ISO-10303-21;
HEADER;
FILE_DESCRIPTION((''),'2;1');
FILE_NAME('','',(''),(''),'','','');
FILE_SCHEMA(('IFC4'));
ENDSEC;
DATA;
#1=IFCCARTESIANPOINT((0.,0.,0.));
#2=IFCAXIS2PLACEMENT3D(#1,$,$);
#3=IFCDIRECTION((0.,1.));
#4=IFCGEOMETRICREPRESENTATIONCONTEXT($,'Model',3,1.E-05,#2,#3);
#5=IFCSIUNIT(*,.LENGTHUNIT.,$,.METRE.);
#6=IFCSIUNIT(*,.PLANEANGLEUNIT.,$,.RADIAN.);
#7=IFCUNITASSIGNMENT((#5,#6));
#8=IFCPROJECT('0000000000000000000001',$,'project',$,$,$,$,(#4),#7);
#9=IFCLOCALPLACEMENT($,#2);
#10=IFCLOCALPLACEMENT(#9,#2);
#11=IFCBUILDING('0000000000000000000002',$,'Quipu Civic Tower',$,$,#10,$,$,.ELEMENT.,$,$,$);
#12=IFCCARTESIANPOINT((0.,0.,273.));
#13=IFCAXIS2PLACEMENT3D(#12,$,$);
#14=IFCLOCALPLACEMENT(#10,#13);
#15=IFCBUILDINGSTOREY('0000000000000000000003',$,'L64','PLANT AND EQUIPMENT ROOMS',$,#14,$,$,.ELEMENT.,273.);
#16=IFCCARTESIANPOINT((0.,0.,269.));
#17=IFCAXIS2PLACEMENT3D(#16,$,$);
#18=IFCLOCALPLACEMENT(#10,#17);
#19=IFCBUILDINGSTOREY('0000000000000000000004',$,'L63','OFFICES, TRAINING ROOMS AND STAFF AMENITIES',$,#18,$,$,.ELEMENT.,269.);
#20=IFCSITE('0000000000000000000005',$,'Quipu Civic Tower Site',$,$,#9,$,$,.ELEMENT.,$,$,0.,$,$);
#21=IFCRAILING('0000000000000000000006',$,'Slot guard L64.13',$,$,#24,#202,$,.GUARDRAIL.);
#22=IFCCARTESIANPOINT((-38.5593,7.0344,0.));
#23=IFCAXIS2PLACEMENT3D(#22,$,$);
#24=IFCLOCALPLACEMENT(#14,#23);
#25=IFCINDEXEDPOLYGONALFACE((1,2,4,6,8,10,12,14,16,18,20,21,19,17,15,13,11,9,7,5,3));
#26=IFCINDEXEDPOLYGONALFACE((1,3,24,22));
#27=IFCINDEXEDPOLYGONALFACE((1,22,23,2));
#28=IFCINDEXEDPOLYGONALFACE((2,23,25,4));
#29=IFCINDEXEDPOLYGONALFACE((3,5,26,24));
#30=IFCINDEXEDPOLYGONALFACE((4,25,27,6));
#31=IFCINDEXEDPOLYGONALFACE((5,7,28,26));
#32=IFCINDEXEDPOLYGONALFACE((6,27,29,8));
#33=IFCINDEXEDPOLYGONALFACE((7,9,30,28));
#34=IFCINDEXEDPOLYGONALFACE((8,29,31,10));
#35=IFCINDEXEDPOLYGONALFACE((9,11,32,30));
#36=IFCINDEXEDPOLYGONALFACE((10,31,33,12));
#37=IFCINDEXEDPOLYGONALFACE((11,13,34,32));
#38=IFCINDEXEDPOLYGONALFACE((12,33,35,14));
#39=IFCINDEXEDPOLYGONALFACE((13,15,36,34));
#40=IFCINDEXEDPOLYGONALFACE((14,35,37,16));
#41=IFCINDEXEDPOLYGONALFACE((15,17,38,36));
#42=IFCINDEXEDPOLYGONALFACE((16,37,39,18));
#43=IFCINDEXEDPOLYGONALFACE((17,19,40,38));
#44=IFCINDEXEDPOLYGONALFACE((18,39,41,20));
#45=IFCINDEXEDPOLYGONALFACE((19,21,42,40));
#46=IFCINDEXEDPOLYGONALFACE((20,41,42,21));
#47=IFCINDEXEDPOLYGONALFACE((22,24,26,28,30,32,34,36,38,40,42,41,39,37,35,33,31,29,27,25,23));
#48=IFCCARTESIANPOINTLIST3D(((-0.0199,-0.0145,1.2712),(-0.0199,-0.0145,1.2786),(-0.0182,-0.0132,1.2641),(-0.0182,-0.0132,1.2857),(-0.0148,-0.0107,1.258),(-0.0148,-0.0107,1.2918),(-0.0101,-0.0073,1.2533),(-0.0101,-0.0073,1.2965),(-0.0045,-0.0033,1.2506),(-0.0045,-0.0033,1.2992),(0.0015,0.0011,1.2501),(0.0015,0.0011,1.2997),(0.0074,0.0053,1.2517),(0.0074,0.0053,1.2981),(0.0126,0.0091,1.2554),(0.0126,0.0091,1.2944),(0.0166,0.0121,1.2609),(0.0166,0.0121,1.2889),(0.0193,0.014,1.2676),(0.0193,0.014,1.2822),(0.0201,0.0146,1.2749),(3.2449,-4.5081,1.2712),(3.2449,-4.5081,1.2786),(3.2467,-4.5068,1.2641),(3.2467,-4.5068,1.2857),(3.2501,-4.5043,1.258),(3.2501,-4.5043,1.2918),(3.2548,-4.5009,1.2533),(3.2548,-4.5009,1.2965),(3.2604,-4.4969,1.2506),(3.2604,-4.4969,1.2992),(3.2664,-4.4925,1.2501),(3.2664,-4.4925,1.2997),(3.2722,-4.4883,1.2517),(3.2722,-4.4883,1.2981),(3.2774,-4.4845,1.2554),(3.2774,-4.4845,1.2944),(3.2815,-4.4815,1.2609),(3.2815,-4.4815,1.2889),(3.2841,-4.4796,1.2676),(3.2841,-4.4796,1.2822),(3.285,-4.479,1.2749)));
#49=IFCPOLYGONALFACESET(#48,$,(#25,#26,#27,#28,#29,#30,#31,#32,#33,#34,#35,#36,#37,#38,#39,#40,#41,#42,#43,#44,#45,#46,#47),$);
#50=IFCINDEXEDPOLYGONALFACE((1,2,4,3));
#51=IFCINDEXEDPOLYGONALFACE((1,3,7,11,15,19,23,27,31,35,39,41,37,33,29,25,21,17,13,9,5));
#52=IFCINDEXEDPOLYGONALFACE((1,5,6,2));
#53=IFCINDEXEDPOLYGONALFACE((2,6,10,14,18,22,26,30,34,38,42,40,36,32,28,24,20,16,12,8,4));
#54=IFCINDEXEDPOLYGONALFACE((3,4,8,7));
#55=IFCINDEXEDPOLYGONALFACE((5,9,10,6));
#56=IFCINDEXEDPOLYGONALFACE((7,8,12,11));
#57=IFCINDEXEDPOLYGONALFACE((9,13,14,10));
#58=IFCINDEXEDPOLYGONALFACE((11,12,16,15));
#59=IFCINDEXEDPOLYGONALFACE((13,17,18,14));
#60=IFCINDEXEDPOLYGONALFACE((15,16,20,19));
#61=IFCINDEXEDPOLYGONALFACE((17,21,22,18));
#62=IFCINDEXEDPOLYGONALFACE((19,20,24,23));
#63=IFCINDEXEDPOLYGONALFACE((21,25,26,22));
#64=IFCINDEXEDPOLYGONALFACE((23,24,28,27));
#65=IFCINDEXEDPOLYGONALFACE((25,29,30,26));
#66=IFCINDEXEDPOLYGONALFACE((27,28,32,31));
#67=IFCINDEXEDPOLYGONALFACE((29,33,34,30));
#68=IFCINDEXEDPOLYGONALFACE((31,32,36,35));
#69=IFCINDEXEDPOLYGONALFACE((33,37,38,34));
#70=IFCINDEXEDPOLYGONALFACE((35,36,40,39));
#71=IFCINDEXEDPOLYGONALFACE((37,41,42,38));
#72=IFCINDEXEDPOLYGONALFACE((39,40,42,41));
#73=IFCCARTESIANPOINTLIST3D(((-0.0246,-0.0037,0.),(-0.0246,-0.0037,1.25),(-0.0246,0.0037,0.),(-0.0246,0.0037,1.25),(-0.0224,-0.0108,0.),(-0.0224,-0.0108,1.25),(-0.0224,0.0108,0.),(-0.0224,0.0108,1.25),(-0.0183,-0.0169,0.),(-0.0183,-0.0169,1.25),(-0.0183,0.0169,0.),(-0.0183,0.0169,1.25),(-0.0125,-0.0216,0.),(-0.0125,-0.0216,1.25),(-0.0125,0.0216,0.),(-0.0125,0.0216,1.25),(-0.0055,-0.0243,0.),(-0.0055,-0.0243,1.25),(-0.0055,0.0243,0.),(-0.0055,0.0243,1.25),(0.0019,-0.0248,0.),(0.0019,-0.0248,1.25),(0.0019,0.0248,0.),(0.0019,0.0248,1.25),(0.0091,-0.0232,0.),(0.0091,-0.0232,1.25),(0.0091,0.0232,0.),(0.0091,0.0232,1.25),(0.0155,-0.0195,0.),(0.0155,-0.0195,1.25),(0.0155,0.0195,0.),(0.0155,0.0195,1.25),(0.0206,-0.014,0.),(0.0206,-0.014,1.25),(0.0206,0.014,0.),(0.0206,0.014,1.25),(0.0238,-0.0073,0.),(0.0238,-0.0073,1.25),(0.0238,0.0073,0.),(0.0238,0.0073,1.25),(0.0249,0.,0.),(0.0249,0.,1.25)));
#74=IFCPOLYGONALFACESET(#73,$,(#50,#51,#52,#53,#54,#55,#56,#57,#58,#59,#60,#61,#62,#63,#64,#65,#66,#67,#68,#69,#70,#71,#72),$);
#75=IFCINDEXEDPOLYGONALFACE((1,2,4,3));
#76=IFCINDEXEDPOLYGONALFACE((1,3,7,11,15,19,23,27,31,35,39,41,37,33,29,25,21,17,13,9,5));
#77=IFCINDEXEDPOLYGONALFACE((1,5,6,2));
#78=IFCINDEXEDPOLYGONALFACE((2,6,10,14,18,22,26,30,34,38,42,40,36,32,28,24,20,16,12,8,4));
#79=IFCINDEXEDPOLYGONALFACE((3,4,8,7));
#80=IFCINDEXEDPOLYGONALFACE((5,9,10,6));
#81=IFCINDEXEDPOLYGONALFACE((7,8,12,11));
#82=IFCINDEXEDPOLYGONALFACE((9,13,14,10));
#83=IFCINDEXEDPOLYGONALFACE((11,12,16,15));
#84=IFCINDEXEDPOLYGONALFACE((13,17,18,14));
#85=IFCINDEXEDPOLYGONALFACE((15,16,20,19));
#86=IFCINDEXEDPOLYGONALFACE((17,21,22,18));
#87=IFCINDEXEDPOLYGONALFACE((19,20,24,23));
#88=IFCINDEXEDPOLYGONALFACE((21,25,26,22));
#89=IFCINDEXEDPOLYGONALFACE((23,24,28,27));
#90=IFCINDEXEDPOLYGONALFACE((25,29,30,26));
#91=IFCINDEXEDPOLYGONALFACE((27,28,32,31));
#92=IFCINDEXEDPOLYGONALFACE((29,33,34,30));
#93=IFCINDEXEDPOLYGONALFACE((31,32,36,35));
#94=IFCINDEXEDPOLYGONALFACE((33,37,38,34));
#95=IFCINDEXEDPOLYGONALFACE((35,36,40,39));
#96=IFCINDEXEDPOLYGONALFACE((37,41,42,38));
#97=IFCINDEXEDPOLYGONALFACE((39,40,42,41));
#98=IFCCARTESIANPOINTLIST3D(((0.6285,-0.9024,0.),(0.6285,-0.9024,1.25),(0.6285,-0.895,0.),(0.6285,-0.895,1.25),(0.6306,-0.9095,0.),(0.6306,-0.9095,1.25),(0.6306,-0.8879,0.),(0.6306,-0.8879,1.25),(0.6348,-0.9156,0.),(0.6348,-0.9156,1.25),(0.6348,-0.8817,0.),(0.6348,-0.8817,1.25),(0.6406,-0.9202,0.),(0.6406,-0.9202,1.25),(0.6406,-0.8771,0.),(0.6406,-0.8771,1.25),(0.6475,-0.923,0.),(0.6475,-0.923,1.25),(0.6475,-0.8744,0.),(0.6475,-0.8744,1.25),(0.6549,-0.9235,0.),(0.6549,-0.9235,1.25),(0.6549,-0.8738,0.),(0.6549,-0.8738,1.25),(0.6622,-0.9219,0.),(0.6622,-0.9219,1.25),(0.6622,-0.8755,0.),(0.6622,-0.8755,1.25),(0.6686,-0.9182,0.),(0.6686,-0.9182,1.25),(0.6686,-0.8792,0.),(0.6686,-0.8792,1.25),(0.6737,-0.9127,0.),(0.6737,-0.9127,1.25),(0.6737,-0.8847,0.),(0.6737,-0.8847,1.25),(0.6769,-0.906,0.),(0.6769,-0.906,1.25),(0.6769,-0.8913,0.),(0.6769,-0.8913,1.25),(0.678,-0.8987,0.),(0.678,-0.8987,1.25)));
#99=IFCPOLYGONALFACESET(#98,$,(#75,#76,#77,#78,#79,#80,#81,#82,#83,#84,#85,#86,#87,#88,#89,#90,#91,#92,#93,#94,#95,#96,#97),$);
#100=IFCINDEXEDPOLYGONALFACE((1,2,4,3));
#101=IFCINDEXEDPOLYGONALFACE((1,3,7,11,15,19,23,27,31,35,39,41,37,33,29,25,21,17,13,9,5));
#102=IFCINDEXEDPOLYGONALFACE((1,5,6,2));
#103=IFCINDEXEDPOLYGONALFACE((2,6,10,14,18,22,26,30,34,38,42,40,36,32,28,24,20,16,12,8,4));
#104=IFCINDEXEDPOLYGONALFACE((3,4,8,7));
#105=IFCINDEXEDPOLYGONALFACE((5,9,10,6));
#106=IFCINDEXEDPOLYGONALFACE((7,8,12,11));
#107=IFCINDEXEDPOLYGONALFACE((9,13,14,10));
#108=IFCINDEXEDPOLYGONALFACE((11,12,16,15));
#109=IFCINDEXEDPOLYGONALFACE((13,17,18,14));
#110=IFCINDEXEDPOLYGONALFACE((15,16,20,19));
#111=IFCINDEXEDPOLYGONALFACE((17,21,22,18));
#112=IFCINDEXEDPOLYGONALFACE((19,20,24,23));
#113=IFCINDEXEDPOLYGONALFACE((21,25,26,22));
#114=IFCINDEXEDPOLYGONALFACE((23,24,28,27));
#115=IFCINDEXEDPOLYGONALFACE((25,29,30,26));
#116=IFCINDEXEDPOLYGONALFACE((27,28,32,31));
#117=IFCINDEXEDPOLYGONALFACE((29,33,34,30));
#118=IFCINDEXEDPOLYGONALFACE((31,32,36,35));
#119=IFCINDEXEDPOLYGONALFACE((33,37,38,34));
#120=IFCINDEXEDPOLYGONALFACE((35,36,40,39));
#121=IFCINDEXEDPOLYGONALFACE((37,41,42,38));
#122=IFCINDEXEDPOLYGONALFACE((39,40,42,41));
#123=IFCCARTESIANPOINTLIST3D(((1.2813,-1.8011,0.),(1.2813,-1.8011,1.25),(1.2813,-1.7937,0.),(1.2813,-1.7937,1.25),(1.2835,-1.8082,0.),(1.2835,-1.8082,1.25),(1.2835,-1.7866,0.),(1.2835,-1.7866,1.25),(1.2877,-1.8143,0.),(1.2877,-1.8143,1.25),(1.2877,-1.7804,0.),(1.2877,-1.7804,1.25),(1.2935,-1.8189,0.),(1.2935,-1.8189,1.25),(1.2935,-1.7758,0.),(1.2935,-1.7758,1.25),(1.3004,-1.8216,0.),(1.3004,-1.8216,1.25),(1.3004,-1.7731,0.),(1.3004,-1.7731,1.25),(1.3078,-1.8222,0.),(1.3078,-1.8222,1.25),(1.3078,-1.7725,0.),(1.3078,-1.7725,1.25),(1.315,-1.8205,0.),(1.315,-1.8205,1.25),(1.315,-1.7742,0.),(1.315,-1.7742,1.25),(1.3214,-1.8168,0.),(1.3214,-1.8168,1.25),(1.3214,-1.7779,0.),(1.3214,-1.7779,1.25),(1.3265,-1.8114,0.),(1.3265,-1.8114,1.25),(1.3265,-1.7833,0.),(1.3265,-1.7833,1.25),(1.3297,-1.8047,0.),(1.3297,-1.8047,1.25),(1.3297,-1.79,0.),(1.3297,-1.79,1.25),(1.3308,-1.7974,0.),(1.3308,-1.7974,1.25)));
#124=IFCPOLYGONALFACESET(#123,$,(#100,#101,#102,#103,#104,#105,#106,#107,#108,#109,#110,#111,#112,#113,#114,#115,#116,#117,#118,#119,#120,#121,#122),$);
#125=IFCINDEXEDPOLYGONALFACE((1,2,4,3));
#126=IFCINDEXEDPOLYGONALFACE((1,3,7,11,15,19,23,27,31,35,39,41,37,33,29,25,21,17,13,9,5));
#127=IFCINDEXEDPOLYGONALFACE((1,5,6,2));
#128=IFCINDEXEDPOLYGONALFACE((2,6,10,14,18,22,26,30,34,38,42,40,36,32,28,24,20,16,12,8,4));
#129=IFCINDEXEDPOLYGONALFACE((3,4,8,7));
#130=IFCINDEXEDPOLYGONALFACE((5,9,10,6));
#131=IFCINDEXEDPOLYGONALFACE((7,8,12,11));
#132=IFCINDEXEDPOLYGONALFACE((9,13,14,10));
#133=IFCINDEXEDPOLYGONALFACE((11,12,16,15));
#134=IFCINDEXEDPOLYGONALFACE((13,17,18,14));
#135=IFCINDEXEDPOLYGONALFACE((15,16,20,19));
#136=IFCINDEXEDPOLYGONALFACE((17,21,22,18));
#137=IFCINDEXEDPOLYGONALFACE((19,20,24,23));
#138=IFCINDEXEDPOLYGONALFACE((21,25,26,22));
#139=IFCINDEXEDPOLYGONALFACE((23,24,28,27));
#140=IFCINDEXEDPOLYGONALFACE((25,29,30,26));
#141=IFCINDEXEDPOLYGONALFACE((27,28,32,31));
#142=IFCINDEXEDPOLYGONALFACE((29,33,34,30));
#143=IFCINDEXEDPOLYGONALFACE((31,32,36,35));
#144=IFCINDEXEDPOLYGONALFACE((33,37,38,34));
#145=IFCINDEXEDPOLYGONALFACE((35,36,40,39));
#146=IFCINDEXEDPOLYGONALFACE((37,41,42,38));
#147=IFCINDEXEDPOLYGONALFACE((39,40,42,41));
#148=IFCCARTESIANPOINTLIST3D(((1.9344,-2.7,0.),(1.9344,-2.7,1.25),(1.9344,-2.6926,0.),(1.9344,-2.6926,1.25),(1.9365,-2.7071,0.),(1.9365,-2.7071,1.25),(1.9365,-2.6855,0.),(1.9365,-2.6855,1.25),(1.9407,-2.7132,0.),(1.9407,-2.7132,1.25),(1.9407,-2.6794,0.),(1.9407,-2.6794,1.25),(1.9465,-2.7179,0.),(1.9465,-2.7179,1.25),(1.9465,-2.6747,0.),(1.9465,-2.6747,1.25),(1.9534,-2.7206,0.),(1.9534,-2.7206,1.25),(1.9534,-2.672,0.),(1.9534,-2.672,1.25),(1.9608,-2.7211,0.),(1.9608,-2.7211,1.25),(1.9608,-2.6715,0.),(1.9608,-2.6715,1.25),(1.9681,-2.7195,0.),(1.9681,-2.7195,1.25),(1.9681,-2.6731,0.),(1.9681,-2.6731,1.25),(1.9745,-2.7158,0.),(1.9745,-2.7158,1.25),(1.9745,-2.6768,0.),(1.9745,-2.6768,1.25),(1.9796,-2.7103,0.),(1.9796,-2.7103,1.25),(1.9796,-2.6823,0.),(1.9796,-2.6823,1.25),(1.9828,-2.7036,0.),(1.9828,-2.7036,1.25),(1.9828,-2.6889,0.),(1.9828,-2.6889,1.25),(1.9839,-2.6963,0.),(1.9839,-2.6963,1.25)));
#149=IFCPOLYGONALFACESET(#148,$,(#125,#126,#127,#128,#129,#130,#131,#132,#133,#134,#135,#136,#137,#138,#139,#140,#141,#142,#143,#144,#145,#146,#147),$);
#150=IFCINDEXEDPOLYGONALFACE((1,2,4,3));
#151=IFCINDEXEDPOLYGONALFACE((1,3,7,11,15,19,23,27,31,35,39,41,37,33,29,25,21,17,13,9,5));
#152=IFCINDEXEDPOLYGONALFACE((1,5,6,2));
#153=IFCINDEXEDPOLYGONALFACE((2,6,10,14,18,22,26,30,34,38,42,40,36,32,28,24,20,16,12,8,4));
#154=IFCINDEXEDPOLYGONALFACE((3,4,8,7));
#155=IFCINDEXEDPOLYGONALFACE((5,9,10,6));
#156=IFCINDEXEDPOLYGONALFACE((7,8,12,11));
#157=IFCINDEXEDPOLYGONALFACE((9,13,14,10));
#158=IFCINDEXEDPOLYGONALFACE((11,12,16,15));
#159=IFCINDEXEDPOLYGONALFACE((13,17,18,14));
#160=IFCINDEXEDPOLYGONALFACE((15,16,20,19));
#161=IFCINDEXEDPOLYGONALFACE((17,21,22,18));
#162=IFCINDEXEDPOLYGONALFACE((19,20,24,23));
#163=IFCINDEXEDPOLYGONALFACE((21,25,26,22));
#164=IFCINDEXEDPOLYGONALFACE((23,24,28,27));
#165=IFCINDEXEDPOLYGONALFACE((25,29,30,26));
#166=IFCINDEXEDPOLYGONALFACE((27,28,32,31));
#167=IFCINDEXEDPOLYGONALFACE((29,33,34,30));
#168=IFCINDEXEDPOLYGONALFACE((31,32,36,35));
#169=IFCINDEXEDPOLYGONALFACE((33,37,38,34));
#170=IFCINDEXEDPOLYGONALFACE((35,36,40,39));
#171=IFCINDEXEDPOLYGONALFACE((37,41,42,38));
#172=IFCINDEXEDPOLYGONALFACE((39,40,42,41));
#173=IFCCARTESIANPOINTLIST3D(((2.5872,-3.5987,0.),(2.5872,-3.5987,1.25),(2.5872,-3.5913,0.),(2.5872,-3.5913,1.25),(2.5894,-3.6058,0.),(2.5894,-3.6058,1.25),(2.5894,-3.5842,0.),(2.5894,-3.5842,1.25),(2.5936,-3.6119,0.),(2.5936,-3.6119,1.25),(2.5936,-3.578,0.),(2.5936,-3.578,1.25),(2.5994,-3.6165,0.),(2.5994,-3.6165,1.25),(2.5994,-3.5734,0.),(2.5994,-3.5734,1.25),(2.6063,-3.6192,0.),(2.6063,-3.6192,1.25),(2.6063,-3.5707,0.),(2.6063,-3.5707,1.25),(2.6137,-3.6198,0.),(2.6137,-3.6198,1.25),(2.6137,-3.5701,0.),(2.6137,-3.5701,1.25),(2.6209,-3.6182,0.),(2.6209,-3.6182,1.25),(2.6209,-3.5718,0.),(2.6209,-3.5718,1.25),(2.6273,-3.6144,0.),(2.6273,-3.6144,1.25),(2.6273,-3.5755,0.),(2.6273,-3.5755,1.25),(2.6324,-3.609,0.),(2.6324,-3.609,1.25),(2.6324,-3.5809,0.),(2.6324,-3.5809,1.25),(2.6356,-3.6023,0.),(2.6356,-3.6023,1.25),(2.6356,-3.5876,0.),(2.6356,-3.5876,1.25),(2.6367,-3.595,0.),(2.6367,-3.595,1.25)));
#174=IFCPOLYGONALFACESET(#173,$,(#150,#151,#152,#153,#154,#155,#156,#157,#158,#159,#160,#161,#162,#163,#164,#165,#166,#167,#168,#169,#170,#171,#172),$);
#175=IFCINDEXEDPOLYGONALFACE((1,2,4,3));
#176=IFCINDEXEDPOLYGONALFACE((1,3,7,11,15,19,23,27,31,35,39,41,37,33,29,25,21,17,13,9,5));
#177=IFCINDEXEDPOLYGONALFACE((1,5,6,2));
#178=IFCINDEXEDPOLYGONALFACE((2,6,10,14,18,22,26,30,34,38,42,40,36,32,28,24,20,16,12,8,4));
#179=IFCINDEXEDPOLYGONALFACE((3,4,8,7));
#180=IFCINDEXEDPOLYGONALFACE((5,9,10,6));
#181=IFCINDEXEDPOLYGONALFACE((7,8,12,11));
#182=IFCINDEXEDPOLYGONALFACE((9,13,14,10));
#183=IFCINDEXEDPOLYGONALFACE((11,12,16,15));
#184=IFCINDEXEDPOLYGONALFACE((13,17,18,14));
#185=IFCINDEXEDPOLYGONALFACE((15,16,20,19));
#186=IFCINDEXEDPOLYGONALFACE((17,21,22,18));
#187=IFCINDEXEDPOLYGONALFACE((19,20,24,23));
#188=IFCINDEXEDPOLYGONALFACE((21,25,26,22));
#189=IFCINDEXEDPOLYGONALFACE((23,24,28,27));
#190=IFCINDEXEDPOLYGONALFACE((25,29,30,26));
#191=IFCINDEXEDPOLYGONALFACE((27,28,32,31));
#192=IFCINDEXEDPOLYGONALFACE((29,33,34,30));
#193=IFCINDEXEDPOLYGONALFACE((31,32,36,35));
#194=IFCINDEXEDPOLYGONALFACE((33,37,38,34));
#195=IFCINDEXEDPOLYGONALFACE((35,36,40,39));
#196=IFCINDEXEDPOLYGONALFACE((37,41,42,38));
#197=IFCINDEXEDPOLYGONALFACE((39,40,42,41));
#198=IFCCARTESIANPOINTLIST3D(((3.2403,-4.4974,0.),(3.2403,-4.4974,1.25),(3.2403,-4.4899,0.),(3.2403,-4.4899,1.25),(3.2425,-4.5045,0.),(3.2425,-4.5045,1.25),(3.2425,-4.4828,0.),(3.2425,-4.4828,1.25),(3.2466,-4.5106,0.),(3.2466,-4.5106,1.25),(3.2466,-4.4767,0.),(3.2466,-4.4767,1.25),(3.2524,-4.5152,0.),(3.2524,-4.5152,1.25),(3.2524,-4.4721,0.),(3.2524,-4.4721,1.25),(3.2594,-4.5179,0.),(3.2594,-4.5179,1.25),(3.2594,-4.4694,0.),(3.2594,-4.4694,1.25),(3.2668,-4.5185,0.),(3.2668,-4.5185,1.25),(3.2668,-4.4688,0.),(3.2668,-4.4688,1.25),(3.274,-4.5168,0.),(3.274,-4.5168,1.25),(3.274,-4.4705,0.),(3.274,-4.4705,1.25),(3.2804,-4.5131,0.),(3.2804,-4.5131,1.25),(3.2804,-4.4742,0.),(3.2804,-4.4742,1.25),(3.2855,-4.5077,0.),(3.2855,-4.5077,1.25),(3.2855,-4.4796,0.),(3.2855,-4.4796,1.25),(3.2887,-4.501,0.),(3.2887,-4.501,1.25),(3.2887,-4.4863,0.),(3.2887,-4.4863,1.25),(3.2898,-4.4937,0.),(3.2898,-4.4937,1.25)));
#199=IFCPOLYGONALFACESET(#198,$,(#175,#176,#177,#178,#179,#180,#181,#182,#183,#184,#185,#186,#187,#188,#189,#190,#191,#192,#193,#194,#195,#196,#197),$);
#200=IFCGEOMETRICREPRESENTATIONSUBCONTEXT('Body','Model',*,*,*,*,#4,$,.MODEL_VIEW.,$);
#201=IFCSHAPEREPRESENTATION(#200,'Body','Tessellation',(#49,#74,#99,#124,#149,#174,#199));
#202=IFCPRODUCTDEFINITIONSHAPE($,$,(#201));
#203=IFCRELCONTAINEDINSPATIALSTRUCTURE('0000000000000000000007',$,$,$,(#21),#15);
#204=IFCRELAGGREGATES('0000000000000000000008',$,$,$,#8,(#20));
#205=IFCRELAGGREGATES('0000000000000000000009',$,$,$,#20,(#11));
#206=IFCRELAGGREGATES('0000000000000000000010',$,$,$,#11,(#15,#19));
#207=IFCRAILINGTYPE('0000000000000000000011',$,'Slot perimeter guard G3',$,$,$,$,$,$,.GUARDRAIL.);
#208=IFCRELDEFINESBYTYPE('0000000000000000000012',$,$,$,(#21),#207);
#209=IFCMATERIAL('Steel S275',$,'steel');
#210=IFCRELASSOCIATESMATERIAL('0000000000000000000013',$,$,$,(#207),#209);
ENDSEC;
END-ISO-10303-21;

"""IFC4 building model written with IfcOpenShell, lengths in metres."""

from ifc_helpers import new_model, si_unit, direction, frame, origin, origin_2d, place, context, subcontext, project, spatial, circle, extrude, material, type_object, element, save


model = new_model("IFC4")

# Units and contexts
model_context = context("Model", 3, precision=1e-05, world=origin(), true_north=direction((0.0, 1.0)))
body_context = subcontext(model_context, "Body", "Model", "MODEL_VIEW")
ifc_project = project(units=[si_unit("LENGTHUNIT", "METRE"), si_unit("PLANEANGLEUNIT", "RADIAN")], contexts=[model_context])

# Site, building, storey
site_placement = place(None, origin())
site = spatial("IfcSite", under=ifc_project, at=site_placement, Name="Quipu Civic Tower Site", CompositionType="ELEMENT", RefElevation=0.0)
building_placement = place(site_placement, origin())
building = spatial("IfcBuilding", under=site, at=building_placement, Name="Quipu Civic Tower", CompositionType="ELEMENT")
storey_1_placement = place(building_placement, frame((0.0, 0.0, 273.0)))
storey_1 = spatial("IfcBuildingStorey", under=building, at=storey_1_placement, Name="L64", Description="PLANT AND EQUIPMENT ROOMS", CompositionType="ELEMENT", Elevation=273.0)

# Shared definitions
storey_2_placement = place(building_placement, frame((0.0, 0.0, 269.0)))
storey_2 = spatial("IfcBuildingStorey", under=building, at=storey_2_placement, Name="L63", Description="OFFICES, TRAINING ROOMS AND STAFF AMENITIES", CompositionType="ELEMENT", Elevation=269.0)

# Railing
ifc_material_1 = material(Name="Steel S275", Category="steel")
railing_type = type_object("IfcRailingType", Name="Slot perimeter guard G3", PredefinedType="GUARDRAIL", material=ifc_material_1)
railing_1_placement = place(storey_1_placement, frame((-38.5593, 7.0344, 0.0)))
element("IfcRailing", 1, at=railing_1_placement, inside=storey_1, type_object=railing_type, Name="Slot guard L64.13", PredefinedType="GUARDRAIL", context=body_context, shape_type="SweptSolid", body=[
    extrude(circle(Radius=0.0249, at=origin_2d()), frame((0.0, 0.0, 1.2749), z_axis=(0.587793, -0.809012, 0.0), x_axis=(0.809012, 0.587793, 0.0)), (0.0, 0.0, 1.0), 5.5544),
    extrude(circle(Radius=0.0249, at=origin_2d()), origin(), (0.0, 0.0, 1.0), 1.25),
    extrude(circle(Radius=0.0249, at=origin_2d()), frame((0.6531, -0.8987, 0.0)), (0.0, 0.0, 1.0), 1.25),
    extrude(circle(Radius=0.0249, at=origin_2d()), frame((1.3059, -1.7974, 0.0)), (0.0, 0.0, 1.0), 1.25),
    extrude(circle(Radius=0.0249, at=origin_2d()), frame((1.959, -2.6963, 0.0)), (0.0, 0.0, 1.0), 1.25),
    extrude(circle(Radius=0.0249, at=origin_2d()), frame((2.6118, -3.595, 0.0)), (0.0, 0.0, 1.0), 1.25),
    extrude(circle(Radius=0.0249, at=origin_2d()), frame((3.2649, -4.4937, 0.0)), (0.0, 0.0, 1.0), 1.25),
])

save(model, "model.ifc")
